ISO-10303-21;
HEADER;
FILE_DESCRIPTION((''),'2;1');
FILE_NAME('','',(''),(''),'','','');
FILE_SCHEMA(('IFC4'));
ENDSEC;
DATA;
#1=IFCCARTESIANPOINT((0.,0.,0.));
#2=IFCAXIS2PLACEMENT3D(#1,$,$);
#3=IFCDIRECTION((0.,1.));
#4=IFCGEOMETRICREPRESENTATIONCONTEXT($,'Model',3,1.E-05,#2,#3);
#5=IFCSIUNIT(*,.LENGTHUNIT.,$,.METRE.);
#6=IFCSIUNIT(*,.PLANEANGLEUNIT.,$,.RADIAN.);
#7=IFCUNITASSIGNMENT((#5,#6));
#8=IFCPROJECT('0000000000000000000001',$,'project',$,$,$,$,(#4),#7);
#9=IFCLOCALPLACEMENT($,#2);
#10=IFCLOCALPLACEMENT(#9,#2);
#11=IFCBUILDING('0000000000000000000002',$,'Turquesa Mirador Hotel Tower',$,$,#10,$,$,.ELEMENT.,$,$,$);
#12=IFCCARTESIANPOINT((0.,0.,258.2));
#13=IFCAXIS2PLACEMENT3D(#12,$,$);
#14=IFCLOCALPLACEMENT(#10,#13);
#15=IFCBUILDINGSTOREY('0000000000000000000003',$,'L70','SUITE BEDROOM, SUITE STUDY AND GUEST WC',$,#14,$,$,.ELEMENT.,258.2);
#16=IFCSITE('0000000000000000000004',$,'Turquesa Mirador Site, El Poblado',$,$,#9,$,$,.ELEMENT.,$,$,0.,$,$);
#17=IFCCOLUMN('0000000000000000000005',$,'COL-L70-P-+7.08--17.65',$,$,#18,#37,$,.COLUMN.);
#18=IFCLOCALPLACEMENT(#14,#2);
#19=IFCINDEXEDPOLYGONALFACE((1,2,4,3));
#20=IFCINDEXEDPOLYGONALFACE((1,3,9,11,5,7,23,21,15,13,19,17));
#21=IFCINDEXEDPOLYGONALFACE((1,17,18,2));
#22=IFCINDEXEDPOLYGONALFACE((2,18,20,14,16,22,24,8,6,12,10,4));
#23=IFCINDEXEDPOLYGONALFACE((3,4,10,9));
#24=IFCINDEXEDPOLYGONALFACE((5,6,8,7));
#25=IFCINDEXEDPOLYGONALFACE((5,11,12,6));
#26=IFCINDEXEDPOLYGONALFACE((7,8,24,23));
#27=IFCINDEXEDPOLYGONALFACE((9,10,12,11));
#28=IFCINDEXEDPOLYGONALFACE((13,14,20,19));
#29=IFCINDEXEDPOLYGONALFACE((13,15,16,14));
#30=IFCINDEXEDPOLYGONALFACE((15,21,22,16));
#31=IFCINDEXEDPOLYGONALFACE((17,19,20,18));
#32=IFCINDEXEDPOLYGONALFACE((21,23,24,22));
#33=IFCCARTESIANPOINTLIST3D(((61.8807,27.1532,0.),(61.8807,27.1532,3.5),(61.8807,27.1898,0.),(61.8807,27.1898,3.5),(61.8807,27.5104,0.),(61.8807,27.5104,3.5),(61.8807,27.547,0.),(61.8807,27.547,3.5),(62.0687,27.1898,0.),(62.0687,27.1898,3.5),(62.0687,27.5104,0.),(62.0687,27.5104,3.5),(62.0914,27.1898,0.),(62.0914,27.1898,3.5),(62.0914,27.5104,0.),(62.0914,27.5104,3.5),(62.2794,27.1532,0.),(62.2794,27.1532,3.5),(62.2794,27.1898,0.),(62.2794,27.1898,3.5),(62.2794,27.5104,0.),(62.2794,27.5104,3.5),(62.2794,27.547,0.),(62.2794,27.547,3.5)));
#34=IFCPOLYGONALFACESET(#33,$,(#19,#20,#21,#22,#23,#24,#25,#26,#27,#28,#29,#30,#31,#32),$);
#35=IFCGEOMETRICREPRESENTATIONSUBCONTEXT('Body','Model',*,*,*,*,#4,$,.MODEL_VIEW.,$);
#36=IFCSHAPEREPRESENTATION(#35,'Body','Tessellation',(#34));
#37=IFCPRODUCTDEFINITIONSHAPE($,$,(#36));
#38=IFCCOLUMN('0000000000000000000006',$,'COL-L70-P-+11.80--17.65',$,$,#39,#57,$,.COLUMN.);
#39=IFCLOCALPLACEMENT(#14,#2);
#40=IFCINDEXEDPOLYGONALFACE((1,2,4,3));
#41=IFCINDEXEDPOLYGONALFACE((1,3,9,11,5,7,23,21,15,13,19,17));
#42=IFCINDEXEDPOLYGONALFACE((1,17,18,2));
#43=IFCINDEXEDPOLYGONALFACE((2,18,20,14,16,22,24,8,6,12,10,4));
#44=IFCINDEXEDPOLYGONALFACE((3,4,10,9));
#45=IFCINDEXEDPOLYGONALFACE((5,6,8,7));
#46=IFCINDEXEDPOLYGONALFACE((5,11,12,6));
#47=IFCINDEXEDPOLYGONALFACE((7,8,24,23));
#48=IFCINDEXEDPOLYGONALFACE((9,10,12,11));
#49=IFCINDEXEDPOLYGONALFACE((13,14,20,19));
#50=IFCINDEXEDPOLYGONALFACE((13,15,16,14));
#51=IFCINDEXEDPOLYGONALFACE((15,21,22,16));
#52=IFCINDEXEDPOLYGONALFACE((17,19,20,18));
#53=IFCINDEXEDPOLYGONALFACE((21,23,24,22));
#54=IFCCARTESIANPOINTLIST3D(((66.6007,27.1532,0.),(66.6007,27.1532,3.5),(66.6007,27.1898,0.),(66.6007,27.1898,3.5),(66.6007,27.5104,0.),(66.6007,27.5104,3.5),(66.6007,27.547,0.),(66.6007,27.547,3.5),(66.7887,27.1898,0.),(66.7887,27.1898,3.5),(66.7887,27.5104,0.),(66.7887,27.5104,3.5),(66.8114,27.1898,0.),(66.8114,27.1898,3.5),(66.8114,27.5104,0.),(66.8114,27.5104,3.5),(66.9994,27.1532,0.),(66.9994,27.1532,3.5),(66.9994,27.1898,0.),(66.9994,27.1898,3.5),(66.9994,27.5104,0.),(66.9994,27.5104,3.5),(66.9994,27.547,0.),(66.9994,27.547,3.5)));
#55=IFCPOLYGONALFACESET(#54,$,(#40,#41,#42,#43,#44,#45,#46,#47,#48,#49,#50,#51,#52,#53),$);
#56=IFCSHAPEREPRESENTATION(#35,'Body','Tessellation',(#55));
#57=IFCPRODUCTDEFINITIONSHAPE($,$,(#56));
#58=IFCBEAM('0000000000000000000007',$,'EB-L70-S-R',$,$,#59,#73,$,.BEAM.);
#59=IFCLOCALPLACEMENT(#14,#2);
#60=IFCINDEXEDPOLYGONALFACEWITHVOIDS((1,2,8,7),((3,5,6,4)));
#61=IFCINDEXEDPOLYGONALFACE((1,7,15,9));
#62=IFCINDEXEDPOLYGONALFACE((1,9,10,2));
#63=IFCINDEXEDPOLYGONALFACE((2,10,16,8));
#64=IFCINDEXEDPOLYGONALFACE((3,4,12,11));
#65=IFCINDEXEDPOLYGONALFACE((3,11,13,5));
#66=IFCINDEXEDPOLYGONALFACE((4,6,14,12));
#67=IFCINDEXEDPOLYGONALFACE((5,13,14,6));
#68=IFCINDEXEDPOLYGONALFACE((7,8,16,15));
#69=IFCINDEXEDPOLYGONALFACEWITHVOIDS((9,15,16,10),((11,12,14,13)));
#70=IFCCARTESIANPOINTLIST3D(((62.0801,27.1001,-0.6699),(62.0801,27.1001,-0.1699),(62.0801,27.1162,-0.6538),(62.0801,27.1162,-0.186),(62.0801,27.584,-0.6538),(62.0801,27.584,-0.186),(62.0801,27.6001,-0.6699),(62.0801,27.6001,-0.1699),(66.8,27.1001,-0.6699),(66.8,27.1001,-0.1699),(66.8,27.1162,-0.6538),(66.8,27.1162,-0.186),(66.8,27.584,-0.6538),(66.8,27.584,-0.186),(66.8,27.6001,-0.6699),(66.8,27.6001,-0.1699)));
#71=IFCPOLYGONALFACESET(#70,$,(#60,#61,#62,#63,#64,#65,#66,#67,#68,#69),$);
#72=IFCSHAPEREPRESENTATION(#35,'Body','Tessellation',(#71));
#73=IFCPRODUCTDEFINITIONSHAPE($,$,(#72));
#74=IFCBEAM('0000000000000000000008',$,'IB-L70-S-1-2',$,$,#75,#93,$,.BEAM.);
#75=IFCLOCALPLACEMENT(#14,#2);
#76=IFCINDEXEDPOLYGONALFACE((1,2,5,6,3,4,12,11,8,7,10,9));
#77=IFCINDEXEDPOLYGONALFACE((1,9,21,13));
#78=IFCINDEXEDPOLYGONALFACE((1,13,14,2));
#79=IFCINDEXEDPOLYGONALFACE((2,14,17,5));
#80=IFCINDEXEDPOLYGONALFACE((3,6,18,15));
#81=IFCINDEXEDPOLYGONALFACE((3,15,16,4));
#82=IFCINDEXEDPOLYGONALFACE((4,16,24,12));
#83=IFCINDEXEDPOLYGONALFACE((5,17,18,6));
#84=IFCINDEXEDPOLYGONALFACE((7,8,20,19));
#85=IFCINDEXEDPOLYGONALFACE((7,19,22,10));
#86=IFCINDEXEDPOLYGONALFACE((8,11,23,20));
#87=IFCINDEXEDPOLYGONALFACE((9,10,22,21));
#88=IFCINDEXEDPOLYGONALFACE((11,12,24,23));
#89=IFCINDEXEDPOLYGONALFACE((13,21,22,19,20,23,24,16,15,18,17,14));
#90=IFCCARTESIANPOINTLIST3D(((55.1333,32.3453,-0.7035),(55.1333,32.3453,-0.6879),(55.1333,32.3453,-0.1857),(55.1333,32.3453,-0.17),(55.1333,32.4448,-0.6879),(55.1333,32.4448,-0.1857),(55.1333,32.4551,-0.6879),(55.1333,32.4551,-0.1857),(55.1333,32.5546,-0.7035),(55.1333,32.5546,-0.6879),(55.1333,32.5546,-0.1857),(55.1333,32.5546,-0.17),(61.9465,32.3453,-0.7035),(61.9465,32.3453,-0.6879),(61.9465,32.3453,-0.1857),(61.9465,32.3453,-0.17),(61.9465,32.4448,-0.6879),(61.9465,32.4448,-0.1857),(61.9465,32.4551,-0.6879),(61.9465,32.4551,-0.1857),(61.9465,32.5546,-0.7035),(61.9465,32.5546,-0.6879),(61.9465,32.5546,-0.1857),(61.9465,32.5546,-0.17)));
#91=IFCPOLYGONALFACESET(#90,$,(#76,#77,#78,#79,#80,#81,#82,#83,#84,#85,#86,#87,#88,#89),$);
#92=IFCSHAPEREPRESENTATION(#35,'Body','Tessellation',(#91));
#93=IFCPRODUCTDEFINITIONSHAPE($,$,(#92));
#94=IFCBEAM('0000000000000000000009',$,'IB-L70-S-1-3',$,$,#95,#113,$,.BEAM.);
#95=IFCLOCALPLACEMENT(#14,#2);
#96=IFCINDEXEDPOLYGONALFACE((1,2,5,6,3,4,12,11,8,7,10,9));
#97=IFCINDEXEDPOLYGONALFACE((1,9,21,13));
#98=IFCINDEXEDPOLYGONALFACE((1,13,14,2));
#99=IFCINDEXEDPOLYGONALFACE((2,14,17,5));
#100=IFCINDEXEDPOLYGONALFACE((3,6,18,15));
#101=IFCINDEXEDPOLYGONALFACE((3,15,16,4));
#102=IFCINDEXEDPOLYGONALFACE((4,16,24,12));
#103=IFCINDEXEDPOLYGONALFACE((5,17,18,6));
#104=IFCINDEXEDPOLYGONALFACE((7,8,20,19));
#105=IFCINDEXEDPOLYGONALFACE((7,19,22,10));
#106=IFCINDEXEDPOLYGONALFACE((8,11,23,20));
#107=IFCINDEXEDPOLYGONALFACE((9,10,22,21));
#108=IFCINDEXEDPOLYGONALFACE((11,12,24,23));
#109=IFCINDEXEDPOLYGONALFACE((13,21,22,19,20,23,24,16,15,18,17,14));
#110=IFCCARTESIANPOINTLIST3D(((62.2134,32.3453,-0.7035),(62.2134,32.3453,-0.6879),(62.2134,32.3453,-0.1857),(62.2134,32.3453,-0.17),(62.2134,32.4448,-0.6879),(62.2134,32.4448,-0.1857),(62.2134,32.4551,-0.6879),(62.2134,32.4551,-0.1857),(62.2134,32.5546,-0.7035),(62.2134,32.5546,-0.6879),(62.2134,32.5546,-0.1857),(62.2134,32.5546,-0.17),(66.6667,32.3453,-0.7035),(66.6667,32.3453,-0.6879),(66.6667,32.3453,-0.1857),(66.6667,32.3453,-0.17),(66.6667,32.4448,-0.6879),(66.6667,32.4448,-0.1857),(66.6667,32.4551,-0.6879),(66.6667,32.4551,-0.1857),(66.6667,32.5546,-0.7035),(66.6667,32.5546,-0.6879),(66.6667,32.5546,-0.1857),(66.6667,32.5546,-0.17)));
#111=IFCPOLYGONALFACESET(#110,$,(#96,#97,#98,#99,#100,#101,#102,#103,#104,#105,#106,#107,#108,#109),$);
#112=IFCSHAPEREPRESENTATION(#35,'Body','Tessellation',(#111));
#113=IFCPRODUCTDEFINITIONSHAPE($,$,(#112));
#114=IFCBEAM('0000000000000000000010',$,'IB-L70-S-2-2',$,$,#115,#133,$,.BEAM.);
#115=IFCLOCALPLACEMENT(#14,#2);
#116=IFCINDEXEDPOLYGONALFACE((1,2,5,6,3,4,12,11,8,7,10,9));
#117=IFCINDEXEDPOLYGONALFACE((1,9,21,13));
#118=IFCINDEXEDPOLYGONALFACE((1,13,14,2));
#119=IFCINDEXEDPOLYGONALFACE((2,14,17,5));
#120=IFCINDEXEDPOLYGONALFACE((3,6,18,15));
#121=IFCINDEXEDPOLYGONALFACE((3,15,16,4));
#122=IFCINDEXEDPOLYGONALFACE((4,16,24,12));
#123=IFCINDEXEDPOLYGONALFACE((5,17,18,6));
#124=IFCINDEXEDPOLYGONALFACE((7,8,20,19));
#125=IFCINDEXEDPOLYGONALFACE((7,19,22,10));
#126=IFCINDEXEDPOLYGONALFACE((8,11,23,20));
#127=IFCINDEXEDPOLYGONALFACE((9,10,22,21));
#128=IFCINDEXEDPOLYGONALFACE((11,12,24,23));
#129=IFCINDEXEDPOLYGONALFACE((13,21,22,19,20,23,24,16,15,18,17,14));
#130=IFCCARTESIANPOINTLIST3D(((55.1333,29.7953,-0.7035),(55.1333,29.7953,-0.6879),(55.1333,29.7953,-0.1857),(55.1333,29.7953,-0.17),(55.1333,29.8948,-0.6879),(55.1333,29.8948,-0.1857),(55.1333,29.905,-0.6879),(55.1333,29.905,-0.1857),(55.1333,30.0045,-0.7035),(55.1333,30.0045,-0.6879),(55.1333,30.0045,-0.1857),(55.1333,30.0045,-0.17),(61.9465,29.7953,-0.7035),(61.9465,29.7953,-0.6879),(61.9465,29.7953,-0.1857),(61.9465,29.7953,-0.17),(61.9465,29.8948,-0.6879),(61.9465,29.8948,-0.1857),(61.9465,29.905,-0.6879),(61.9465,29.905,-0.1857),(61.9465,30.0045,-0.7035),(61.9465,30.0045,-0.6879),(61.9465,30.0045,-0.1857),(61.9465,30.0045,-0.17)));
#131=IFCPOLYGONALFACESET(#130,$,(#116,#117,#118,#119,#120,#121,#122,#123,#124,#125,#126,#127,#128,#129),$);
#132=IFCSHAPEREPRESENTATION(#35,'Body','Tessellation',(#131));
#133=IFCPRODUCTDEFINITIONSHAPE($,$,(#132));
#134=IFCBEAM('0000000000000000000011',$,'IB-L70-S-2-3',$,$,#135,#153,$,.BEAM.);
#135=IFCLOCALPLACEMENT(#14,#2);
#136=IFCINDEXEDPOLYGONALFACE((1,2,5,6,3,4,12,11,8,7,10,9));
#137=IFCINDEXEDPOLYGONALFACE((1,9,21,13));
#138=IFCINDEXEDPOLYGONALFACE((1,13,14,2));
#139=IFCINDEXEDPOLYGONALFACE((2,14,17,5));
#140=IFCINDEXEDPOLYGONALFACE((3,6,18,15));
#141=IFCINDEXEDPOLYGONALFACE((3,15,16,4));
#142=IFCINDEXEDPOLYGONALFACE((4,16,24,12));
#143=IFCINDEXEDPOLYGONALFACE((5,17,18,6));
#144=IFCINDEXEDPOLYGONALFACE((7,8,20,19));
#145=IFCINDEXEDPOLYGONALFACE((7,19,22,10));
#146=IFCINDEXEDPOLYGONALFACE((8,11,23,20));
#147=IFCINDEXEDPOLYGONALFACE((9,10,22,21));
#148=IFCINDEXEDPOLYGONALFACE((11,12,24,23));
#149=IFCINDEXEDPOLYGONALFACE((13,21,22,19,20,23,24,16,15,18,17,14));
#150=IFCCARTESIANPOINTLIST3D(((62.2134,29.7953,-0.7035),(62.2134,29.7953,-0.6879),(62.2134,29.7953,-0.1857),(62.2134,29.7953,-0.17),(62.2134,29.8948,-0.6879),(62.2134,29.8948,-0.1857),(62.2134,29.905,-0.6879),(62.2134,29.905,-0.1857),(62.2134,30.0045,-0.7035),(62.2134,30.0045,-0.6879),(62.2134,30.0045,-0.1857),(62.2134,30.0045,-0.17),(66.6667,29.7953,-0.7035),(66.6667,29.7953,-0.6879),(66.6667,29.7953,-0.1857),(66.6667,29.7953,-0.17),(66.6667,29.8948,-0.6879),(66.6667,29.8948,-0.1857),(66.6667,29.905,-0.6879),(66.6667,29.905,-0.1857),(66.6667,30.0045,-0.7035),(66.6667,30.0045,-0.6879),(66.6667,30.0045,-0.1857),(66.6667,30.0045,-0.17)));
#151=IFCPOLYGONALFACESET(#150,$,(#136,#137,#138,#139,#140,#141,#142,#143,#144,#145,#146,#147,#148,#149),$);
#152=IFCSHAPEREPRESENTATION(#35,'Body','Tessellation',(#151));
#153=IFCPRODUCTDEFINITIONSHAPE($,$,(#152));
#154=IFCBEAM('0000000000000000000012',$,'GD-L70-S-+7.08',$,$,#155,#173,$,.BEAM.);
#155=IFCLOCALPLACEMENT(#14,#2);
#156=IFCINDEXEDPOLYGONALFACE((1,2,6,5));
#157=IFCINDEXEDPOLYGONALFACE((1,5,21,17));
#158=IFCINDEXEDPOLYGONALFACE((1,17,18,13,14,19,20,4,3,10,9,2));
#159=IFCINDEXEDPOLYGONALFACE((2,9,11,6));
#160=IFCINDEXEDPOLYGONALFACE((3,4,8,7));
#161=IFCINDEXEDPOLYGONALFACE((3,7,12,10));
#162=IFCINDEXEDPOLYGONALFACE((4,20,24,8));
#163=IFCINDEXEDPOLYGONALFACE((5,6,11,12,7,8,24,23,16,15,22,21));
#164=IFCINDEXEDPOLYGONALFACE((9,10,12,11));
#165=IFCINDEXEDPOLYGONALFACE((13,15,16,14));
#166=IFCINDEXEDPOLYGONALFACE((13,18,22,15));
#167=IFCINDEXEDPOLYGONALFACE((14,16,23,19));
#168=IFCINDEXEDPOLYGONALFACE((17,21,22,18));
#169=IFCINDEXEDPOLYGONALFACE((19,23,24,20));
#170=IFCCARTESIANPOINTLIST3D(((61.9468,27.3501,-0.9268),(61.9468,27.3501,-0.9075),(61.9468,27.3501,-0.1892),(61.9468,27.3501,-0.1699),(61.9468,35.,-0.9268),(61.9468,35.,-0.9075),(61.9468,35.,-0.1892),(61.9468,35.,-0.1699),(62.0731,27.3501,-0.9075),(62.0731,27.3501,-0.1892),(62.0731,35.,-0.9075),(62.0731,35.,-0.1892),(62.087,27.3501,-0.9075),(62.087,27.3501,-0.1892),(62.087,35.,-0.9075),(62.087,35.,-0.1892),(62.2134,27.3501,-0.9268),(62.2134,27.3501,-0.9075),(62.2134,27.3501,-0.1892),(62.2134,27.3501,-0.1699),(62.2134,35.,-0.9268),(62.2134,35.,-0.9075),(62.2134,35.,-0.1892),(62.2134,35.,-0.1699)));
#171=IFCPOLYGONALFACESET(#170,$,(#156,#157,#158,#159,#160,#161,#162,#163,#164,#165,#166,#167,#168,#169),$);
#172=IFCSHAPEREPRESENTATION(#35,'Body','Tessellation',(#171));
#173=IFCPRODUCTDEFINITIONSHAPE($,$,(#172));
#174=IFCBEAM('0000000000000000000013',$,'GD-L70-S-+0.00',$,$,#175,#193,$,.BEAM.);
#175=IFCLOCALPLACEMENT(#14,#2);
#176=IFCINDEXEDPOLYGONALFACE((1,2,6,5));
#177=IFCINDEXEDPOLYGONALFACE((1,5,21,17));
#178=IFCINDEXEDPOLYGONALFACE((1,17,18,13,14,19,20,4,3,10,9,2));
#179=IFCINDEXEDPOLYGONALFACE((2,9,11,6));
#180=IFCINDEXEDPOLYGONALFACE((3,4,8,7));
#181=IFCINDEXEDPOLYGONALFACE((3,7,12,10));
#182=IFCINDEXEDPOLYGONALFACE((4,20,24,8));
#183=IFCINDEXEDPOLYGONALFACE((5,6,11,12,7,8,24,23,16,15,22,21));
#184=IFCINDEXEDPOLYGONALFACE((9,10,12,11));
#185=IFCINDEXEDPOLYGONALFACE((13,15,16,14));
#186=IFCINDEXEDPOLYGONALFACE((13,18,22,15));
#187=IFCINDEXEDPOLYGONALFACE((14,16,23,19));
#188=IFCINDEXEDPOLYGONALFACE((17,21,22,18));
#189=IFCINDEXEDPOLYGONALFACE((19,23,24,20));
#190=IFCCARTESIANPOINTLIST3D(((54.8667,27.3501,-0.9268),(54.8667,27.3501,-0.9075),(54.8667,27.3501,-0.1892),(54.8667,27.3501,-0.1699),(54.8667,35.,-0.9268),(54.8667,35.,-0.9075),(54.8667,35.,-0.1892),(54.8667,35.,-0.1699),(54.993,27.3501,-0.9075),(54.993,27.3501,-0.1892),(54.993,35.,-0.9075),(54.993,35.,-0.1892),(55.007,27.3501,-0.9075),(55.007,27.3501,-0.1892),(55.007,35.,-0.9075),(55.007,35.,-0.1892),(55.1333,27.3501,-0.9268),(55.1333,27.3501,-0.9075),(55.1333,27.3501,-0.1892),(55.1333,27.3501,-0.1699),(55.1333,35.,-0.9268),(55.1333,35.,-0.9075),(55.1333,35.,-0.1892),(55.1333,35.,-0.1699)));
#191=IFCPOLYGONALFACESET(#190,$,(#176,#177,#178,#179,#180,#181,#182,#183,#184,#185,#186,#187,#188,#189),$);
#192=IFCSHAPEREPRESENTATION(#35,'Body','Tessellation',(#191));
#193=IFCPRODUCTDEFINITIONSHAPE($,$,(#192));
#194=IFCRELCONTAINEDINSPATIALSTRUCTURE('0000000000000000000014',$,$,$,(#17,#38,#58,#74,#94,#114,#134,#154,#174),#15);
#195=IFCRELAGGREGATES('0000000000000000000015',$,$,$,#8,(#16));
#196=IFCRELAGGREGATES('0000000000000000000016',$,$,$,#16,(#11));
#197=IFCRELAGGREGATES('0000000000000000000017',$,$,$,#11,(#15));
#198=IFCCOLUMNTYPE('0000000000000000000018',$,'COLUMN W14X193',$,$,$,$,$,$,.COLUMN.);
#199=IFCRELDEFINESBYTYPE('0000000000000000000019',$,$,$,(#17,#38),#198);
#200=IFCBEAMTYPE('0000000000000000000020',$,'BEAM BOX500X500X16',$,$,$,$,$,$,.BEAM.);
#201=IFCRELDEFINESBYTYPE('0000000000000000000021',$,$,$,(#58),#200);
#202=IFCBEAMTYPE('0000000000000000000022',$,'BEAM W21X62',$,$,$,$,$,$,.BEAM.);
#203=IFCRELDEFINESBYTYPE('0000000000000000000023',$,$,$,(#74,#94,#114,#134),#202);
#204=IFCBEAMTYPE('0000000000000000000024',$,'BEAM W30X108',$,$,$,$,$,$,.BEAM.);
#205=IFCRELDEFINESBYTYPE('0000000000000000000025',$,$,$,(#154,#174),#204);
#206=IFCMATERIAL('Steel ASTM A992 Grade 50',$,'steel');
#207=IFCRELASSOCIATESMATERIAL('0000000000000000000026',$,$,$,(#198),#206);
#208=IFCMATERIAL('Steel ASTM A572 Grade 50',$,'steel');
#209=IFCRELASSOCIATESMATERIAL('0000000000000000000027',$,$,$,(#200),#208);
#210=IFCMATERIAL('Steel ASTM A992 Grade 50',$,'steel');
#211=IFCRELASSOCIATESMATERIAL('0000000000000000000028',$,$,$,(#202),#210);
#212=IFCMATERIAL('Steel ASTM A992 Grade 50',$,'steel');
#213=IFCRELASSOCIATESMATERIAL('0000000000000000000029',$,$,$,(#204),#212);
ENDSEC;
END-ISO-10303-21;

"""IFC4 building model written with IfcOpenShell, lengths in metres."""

from ifc_helpers import new_model, si_unit, direction, frame, origin, origin_2d, place, context, subcontext, project, spatial, hollow_rectangle, i_section, extrude, material, material_profile, profile_set, type_object, element, save


model = new_model("IFC4")

# Units and contexts
model_context = context("Model", 3, precision=1e-05, world=origin(), true_north=direction((0.0, 1.0)))
body_context = subcontext(model_context, "Body", "Model", "MODEL_VIEW")
ifc_project = project(units=[si_unit("LENGTHUNIT", "METRE"), si_unit("PLANEANGLEUNIT", "RADIAN")], contexts=[model_context])

# Site, building, storey
site_placement = place(None, origin())
site = spatial("IfcSite", under=ifc_project, at=site_placement, Name="Turquesa Mirador Site, El Poblado", CompositionType="ELEMENT", RefElevation=0.0)
building_placement = place(site_placement, origin())
building = spatial("IfcBuilding", under=site, at=building_placement, Name="Turquesa Mirador Hotel Tower", CompositionType="ELEMENT")
storey_placement = place(building_placement, frame((0.0, 0.0, 258.2)))
storey = spatial("IfcBuildingStorey", under=building, at=storey_placement, Name="L70", Description="SUITE BEDROOM, SUITE STUDY AND GUEST WC", CompositionType="ELEMENT", Elevation=258.2)

# Columns
ifc_material_1 = material(Name="Steel ASTM A992 Grade 50", Category="steel")
ifc_material_profile_1 = material_profile(ifc_material_1, i_section(OverallWidth=0.3987, OverallDepth=0.3938, WebThickness=0.0227, FlangeThickness=0.0366, at=origin_2d()), Name="W14X193")
ifc_profile_set_1 = profile_set([ifc_material_profile_1], Name="Steel ASTM A992 Grade 50")
column_type = type_object("IfcColumnType", Name="COLUMN W14X193", PredefinedType="COLUMN", material=ifc_profile_set_1)
for number, where, z_axis, x_axis, name in (
    (1, (62.0801, 27.3501, 0.0), (0.0, 0.0, 1.0), (1.0, 0.0, 0.0), "COL-L70-P-+7.08--17.65"),
    (2, (66.8, 27.3501, 0.0), (0.0, 0.0, 1.0), (1.0, 0.0, 0.0), "COL-L70-P-+11.80--17.65"),
):
    element("IfcColumn", number, at=place(storey_placement, frame(where, z_axis=z_axis, x_axis=x_axis)), inside=storey, type_object=column_type, Name=name, PredefinedType="COLUMN", context=body_context, shape_type="SweptSolid", body=[
        extrude(i_section(OverallWidth=0.3987, OverallDepth=0.3938, WebThickness=0.0227, FlangeThickness=0.0366, at=origin_2d()), origin(), (0.0, 0.0, 1.0), 3.5),
    ])

# Beams
ifc_material_2 = material(Name="Steel ASTM A572 Grade 50", Category="steel")
ifc_material_profile_2 = material_profile(ifc_material_2, hollow_rectangle(XDim=0.5, YDim=0.5, WallThickness=0.0161, at=origin_2d()), Name="BOX500X500X16")
ifc_profile_set_2 = profile_set([ifc_material_profile_2], Name="Steel ASTM A572 Grade 50")
beam_type_1 = type_object("IfcBeamType", Name="BEAM BOX500X500X16", PredefinedType="BEAM", material=ifc_profile_set_2)
beam_1_placement = place(storey_placement, frame((62.0801, 27.3501, -0.4199), z_axis=(1.0, 0.0, 0.0), x_axis=(0.0, 1.0, 0.0)))
element("IfcBeam", 3, at=beam_1_placement, inside=storey, type_object=beam_type_1, Name="EB-L70-S-R", PredefinedType="BEAM", context=body_context, shape_type="SweptSolid", body=[
    extrude(hollow_rectangle(XDim=0.5, YDim=0.5, WallThickness=0.0161, at=origin_2d()), origin(), (0.0, 0.0, 1.0), 4.72),
])
ifc_material_3 = material(Name="Steel ASTM A992 Grade 50", Category="steel")
ifc_material_profile_3 = material_profile(ifc_material_3, i_section(OverallWidth=0.2092, OverallDepth=0.5334, WebThickness=0.0103, FlangeThickness=0.0156, at=origin_2d()), Name="W21X62")
ifc_profile_set_3 = profile_set([ifc_material_profile_3], Name="Steel ASTM A992 Grade 50")
beam_type_2 = type_object("IfcBeamType", Name="BEAM W21X62", PredefinedType="BEAM", material=ifc_profile_set_3)
beam_2_placement = place(storey_placement, frame((55.1333, 32.45, -0.4368), z_axis=(1.0, 0.0, 0.0), x_axis=(0.0, 1.0, 0.0)))
element("IfcBeam", 4, at=beam_2_placement, inside=storey, type_object=beam_type_2, Name="IB-L70-S-1-2", PredefinedType="BEAM", context=body_context, shape_type="SweptSolid", body=[
    extrude(i_section(OverallWidth=0.2092, OverallDepth=0.5334, WebThickness=0.0103, FlangeThickness=0.0156, at=origin_2d()), origin(), (0.0, 0.0, 1.0), 6.8132),
])
beam_3_placement = place(storey_placement, frame((62.2134, 32.45, -0.4368), z_axis=(1.0, 0.0, 0.0), x_axis=(0.0, 1.0, 0.0)))
element("IfcBeam", 5, at=beam_3_placement, inside=storey, type_object=beam_type_2, Name="IB-L70-S-1-3", PredefinedType="BEAM", context=body_context, shape_type="SweptSolid", body=[
    extrude(i_section(OverallWidth=0.2092, OverallDepth=0.5334, WebThickness=0.0103, FlangeThickness=0.0156, at=origin_2d()), origin(), (0.0, 0.0, 1.0), 4.4534),
])
beam_4_placement = place(storey_placement, frame((55.1333, 29.8999, -0.4368), z_axis=(1.0, 0.0, 0.0), x_axis=(0.0, 1.0, 0.0)))
element("IfcBeam", 6, at=beam_4_placement, inside=storey, type_object=beam_type_2, Name="IB-L70-S-2-2", PredefinedType="BEAM", context=body_context, shape_type="SweptSolid", body=[
    extrude(i_section(OverallWidth=0.2092, OverallDepth=0.5334, WebThickness=0.0103, FlangeThickness=0.0156, at=origin_2d()), origin(), (0.0, 0.0, 1.0), 6.8132),
])
beam_5_placement = place(storey_placement, frame((62.2134, 29.8999, -0.4368), z_axis=(1.0, 0.0, 0.0), x_axis=(0.0, 1.0, 0.0)))
element("IfcBeam", 7, at=beam_5_placement, inside=storey, type_object=beam_type_2, Name="IB-L70-S-2-3", PredefinedType="BEAM", context=body_context, shape_type="SweptSolid", body=[
    extrude(i_section(OverallWidth=0.2092, OverallDepth=0.5334, WebThickness=0.0103, FlangeThickness=0.0156, at=origin_2d()), origin(), (0.0, 0.0, 1.0), 4.4534),
])
ifc_material_4 = material(Name="Steel ASTM A992 Grade 50", Category="steel")
ifc_material_profile_4 = material_profile(ifc_material_4, i_section(OverallWidth=0.2666, OverallDepth=0.7568, WebThickness=0.0139, FlangeThickness=0.0193, at=origin_2d()), Name="W30X108")
ifc_profile_set_4 = profile_set([ifc_material_profile_4], Name="Steel ASTM A992 Grade 50")
beam_type_3 = type_object("IfcBeamType", Name="BEAM W30X108", PredefinedType="BEAM", material=ifc_profile_set_4)
for number, where, z_axis, x_axis, name in (
    (8, (62.0801, 27.3501, -0.5483), (0.0, 1.0, 0.0), (-1.0, 0.0, 0.0), "GD-L70-S-+7.08"),
    (9, (55.0, 27.3501, -0.5483), (0.0, 1.0, 0.0), (-1.0, 0.0, 0.0), "GD-L70-S-+0.00"),
):
    element("IfcBeam", number, at=place(storey_placement, frame(where, z_axis=z_axis, x_axis=x_axis)), inside=storey, type_object=beam_type_3, Name=name, PredefinedType="BEAM", context=body_context, shape_type="SweptSolid", body=[
        extrude(i_section(OverallWidth=0.2666, OverallDepth=0.7568, WebThickness=0.0139, FlangeThickness=0.0193, at=origin_2d()), origin(), (0.0, 0.0, 1.0), 7.6499),
    ])

save(model, "model.ifc")
